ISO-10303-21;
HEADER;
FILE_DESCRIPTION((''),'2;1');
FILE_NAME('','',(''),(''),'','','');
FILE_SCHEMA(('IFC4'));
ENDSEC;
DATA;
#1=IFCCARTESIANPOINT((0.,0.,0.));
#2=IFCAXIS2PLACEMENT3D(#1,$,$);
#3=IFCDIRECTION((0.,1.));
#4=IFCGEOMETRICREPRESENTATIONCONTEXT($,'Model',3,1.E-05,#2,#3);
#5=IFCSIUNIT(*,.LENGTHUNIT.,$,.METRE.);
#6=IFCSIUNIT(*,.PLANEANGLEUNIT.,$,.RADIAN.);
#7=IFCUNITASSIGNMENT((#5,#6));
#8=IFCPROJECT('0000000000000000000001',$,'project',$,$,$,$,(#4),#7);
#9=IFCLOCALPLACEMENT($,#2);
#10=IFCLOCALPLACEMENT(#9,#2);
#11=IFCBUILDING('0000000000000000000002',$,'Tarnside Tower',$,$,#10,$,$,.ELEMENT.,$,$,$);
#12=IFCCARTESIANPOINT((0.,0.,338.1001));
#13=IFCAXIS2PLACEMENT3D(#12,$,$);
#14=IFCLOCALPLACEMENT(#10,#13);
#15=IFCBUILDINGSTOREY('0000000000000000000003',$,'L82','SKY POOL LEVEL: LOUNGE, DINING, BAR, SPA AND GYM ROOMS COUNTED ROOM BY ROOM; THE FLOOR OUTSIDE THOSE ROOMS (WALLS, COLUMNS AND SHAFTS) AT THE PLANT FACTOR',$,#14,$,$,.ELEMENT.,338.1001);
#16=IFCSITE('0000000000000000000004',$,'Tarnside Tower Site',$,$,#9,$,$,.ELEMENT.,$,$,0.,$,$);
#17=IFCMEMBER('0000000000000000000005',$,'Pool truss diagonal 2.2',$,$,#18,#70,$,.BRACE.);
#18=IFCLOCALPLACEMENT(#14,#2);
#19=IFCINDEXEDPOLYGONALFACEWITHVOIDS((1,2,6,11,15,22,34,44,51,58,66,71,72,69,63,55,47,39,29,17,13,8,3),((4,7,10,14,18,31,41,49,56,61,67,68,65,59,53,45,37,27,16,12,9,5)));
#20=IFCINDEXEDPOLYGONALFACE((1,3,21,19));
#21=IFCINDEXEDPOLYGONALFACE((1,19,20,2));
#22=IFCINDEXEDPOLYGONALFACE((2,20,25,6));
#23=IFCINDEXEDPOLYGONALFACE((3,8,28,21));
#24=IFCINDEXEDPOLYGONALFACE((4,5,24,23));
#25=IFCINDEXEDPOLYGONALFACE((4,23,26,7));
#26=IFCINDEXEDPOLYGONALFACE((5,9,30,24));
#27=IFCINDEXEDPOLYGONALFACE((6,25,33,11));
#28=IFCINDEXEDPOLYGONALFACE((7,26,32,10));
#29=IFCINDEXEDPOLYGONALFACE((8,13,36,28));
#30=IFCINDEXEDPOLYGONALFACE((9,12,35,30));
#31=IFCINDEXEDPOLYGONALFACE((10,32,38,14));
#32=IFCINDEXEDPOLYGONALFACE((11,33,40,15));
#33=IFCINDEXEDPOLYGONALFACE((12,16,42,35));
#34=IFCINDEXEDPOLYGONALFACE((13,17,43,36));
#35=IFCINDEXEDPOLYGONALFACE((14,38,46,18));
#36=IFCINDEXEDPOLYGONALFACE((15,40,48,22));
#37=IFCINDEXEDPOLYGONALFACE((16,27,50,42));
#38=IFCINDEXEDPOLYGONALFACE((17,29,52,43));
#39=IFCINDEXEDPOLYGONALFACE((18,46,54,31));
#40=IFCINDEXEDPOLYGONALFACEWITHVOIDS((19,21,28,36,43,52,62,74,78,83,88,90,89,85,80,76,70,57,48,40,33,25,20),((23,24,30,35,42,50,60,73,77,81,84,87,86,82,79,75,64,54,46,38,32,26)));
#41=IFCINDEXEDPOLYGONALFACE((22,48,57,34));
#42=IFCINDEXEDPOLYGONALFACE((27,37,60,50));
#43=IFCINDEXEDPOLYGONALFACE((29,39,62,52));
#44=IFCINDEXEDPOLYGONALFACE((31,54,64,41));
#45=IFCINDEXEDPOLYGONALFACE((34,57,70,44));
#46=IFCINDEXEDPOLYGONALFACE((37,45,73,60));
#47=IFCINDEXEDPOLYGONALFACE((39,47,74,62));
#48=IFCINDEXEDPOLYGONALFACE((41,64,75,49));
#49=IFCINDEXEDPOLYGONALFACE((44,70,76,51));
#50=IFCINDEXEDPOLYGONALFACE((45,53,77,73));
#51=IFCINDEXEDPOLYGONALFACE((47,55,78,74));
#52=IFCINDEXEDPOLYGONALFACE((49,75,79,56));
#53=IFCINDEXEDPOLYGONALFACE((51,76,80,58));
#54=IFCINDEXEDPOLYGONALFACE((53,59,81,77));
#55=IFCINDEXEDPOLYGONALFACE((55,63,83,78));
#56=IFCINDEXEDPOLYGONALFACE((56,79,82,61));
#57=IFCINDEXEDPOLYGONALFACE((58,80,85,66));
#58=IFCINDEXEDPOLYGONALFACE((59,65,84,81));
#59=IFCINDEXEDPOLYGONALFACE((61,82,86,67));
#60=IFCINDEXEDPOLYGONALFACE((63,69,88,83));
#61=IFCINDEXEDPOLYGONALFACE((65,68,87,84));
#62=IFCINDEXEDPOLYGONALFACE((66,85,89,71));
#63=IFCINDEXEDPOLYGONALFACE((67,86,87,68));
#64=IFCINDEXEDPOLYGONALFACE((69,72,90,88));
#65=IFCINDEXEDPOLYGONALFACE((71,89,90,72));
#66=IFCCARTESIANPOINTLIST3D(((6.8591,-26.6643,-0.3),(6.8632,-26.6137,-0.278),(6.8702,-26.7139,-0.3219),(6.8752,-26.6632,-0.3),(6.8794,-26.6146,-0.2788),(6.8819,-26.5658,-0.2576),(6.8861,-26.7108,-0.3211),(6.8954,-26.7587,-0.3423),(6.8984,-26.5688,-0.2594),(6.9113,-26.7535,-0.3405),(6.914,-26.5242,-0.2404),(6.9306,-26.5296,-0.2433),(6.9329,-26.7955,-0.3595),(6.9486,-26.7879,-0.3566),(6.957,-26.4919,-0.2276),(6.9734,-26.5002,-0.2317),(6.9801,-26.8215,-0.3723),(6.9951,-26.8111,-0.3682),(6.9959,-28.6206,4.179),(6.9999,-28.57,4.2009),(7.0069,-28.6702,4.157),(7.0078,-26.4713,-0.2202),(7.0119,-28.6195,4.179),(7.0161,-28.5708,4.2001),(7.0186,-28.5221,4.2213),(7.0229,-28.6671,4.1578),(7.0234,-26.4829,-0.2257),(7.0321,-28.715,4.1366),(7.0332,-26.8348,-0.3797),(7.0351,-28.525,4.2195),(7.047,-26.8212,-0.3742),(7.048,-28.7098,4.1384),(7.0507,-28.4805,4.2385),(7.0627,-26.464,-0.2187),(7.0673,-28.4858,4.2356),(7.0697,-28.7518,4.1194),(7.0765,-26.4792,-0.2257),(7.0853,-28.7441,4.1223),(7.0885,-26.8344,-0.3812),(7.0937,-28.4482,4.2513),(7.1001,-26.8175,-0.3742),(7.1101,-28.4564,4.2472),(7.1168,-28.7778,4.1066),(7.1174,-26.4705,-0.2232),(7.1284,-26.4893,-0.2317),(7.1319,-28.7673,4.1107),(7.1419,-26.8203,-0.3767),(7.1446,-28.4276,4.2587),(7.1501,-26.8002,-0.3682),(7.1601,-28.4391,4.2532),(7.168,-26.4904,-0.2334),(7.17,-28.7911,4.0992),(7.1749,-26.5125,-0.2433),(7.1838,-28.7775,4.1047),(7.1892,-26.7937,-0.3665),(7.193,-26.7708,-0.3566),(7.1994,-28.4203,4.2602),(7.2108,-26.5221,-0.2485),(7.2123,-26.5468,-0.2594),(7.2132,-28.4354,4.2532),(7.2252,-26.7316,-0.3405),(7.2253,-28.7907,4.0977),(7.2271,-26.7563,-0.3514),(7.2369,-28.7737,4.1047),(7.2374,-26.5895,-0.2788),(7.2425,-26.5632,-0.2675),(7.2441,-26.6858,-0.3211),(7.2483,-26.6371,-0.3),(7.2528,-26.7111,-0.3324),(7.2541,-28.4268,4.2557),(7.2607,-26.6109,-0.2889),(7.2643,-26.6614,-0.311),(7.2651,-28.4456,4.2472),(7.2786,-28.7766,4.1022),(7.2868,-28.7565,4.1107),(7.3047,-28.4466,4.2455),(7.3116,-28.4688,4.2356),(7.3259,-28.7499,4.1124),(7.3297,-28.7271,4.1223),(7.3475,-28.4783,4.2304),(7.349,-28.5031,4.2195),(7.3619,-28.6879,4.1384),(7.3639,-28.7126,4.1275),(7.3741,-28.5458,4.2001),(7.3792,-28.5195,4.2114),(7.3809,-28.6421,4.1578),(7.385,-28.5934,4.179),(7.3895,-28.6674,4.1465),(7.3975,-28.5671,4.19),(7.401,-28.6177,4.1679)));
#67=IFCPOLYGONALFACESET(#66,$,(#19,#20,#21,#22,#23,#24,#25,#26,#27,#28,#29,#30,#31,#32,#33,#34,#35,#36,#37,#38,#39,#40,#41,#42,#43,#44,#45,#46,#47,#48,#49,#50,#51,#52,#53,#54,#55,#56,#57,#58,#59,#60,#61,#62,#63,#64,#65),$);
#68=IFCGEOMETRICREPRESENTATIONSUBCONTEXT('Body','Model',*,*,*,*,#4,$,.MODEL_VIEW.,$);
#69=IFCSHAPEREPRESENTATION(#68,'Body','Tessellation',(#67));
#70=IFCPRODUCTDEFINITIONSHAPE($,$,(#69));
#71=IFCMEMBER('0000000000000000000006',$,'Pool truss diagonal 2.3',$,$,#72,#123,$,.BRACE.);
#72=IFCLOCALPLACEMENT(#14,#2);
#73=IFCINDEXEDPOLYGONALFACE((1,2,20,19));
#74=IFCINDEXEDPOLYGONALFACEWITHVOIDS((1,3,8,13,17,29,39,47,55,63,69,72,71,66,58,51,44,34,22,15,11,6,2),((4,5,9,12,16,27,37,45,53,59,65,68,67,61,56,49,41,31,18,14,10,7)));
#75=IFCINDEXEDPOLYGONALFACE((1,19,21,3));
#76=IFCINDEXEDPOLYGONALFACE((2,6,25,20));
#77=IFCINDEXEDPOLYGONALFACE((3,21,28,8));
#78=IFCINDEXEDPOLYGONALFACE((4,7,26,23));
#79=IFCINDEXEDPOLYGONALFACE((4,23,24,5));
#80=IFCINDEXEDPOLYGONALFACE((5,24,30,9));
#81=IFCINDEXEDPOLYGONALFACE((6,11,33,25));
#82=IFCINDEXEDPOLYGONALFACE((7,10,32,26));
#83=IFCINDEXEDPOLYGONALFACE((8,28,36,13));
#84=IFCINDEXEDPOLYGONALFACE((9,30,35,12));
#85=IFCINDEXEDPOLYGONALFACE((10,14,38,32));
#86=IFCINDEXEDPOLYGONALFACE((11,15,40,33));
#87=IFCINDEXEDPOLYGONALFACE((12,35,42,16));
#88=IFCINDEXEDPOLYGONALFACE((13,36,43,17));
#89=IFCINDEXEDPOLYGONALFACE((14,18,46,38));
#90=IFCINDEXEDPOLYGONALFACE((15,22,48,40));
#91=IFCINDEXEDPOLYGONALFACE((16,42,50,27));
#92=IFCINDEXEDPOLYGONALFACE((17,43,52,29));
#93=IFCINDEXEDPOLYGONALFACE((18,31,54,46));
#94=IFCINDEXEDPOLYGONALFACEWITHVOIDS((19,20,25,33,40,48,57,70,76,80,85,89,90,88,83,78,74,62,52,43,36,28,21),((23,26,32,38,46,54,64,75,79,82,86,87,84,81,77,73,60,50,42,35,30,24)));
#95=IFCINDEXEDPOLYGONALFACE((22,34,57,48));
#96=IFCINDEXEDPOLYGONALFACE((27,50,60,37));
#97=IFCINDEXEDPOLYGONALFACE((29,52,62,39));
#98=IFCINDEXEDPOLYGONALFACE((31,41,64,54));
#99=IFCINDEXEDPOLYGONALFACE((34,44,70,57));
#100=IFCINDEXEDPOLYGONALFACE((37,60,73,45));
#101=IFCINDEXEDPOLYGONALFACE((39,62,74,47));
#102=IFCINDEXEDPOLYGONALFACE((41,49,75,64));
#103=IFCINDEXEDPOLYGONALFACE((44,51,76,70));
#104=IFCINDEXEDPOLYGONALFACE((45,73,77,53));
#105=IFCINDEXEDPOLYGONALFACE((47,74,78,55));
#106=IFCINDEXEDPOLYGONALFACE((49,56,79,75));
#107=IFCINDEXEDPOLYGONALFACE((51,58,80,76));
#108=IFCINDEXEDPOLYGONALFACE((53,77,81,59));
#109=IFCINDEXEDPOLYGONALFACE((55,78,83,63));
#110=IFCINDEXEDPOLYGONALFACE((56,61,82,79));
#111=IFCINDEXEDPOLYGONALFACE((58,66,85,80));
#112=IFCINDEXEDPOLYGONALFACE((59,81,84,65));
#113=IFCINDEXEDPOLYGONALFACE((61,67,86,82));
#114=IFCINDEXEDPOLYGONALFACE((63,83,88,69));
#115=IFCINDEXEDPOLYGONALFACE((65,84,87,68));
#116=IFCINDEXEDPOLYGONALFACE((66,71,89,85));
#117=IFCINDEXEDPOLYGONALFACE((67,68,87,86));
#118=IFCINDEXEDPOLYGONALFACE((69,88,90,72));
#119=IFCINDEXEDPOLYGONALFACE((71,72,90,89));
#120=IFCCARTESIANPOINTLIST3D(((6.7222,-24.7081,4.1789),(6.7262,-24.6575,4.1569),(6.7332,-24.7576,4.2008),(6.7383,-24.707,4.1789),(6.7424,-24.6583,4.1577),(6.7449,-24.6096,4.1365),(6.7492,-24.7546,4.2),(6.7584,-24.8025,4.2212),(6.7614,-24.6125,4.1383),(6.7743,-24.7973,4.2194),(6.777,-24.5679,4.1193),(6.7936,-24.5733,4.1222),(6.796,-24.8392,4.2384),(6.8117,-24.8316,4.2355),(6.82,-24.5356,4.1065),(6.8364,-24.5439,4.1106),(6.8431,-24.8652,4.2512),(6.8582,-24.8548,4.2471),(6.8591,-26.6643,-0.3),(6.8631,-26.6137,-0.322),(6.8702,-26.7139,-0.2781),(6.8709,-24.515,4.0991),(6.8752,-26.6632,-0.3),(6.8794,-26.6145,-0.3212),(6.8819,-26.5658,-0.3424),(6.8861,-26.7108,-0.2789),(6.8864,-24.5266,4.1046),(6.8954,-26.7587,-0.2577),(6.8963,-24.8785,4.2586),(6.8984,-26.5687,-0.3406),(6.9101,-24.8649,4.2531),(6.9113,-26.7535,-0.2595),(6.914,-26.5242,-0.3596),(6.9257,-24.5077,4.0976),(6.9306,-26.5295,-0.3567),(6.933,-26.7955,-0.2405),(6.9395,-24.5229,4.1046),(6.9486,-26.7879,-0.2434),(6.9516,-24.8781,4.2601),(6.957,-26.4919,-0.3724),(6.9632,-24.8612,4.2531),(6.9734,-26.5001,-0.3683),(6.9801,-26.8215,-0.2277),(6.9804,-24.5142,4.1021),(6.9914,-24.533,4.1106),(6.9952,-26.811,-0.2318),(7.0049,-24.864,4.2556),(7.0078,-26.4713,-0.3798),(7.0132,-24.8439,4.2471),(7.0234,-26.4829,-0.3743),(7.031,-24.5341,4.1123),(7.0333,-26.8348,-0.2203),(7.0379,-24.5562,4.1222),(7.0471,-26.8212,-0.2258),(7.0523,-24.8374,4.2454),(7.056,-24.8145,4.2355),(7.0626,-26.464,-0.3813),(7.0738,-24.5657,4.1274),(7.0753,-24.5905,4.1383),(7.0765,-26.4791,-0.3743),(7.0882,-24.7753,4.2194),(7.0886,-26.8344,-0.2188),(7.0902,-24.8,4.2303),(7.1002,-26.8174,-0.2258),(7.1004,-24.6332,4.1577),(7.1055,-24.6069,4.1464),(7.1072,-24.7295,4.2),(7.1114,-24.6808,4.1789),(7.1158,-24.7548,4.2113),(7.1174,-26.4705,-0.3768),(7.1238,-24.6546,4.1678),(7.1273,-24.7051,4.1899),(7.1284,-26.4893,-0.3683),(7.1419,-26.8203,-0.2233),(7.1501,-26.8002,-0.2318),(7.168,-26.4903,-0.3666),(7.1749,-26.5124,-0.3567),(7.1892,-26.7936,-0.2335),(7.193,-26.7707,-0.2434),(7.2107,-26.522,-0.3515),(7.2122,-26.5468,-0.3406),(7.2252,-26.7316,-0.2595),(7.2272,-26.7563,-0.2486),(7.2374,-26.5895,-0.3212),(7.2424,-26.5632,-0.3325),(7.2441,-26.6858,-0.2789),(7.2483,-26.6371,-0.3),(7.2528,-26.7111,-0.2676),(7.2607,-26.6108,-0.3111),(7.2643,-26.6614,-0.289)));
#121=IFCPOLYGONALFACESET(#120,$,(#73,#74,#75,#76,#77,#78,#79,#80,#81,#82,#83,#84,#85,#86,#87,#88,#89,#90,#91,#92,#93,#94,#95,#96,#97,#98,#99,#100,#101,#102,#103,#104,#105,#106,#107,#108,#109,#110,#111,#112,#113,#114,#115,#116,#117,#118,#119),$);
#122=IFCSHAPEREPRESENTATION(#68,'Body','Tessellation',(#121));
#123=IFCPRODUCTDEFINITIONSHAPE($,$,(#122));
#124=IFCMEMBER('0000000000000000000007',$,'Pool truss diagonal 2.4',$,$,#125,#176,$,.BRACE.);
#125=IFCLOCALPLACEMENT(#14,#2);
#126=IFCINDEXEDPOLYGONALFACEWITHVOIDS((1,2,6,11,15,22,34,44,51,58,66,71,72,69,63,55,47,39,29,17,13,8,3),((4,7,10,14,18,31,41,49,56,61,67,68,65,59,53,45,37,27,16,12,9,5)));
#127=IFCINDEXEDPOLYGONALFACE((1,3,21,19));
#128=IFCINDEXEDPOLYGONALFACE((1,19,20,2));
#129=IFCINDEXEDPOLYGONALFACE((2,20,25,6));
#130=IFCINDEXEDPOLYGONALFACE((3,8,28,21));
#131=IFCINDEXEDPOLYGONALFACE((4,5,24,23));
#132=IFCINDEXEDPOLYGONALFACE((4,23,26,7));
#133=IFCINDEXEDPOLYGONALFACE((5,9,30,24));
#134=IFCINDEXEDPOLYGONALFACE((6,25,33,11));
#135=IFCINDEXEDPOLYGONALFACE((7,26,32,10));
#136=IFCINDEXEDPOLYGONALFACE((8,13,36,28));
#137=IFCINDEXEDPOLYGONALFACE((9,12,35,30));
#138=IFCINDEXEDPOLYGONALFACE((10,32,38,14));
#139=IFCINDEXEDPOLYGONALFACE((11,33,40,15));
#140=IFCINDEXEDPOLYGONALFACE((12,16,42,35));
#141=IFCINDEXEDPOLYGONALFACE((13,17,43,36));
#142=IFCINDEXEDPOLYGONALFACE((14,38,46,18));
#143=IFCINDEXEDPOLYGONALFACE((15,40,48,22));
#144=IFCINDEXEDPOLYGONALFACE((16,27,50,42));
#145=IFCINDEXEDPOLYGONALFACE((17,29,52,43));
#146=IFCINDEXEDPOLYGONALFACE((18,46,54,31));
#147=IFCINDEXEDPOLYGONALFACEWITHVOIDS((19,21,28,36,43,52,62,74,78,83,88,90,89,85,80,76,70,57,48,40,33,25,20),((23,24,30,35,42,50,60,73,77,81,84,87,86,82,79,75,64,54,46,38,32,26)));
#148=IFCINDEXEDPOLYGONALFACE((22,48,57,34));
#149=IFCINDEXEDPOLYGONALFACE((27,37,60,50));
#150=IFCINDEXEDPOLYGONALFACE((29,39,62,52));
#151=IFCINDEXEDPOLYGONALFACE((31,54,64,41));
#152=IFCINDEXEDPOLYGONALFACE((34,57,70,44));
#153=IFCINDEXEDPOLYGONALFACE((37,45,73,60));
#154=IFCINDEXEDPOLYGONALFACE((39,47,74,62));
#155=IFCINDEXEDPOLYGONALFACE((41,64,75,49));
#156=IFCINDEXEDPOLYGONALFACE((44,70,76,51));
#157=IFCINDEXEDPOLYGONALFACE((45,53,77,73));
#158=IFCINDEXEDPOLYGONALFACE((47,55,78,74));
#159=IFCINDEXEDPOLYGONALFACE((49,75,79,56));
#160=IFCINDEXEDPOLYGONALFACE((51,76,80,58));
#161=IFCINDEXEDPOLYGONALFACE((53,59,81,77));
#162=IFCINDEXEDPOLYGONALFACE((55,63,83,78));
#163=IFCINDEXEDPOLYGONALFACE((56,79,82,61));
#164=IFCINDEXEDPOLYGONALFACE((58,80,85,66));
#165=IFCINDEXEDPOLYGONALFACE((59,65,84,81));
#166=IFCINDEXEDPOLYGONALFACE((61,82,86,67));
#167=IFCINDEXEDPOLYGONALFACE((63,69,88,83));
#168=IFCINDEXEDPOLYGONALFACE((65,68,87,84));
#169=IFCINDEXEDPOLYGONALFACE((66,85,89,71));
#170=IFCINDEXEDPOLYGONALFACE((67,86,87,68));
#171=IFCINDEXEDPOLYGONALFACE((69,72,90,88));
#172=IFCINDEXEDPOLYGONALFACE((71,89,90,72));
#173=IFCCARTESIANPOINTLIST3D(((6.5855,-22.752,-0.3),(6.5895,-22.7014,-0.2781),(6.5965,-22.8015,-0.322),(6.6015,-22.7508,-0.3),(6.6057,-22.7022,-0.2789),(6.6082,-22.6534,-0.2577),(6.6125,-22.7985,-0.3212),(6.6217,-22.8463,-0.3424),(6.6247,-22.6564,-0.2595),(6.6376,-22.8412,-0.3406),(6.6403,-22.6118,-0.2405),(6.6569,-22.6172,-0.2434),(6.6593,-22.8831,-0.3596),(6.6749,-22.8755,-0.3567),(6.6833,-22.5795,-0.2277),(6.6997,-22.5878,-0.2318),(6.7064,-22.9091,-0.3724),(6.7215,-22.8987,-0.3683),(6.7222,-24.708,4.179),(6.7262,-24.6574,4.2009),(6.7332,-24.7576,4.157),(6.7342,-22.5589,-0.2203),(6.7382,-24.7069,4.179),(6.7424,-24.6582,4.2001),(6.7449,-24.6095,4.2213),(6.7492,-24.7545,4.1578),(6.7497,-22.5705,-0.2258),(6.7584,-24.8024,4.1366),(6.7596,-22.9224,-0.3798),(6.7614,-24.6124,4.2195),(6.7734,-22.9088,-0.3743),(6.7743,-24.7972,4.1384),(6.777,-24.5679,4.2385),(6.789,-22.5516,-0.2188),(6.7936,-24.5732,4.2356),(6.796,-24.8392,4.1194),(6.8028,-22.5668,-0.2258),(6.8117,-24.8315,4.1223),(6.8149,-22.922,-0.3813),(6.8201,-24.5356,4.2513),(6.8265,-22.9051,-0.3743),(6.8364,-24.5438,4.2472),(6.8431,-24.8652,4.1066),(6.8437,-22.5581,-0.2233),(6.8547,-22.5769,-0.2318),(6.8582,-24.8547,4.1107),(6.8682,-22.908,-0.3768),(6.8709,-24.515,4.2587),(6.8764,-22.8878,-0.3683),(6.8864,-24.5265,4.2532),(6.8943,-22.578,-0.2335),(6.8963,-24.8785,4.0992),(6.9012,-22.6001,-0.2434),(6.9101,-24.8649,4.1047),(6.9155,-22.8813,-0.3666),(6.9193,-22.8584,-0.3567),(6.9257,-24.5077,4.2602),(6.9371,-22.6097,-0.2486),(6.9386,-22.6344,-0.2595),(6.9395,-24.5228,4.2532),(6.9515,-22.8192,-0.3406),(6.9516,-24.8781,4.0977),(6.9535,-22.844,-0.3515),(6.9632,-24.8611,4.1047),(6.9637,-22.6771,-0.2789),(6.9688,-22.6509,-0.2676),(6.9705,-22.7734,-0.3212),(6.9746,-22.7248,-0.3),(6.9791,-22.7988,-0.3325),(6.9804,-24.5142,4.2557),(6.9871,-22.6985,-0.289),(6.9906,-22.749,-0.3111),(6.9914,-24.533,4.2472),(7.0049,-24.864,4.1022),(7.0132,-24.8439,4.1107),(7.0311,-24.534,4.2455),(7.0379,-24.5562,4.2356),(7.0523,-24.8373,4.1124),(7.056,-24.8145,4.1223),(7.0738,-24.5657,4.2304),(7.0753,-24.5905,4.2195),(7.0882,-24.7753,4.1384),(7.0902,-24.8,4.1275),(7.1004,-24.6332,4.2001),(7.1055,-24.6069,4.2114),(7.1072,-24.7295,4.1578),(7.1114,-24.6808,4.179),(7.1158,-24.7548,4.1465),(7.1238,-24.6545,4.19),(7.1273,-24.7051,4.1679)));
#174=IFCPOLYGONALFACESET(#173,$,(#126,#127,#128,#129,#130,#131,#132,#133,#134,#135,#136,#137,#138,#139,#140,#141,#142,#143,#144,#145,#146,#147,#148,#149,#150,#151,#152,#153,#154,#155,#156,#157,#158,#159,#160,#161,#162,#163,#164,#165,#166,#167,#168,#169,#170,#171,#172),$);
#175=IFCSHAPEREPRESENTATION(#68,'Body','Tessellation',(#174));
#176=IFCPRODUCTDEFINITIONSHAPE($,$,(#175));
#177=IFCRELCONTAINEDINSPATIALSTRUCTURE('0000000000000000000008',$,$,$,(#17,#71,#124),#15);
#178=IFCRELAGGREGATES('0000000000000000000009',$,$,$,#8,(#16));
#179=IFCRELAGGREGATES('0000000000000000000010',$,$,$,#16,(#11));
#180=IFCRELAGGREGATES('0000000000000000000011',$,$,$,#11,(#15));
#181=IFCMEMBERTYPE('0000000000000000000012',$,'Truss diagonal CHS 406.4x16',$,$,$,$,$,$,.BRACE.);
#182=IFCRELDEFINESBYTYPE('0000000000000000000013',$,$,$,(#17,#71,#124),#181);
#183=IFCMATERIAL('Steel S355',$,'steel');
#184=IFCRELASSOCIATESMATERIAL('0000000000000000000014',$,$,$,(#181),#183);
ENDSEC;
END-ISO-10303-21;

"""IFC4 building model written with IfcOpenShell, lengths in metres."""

from ifc_helpers import new_model, si_unit, direction, frame, origin, origin_2d, place, context, subcontext, project, spatial, hollow_circle, extrude, material, material_profile, profile_set, type_object, element, save


model = new_model("IFC4")

# Units and contexts
model_context = context("Model", 3, precision=1e-05, world=origin(), true_north=direction((0.0, 1.0)))
body_context = subcontext(model_context, "Body", "Model", "MODEL_VIEW")
ifc_project = project(units=[si_unit("LENGTHUNIT", "METRE"), si_unit("PLANEANGLEUNIT", "RADIAN")], contexts=[model_context])

# Site, building, storey
site_placement = place(None, origin())
site = spatial("IfcSite", under=ifc_project, at=site_placement, Name="Tarnside Tower Site", CompositionType="ELEMENT", RefElevation=0.0)
building_placement = place(site_placement, origin())
building = spatial("IfcBuilding", under=site, at=building_placement, Name="Tarnside Tower", CompositionType="ELEMENT")
storey_placement = place(building_placement, frame((0.0, 0.0, 338.1001)))
storey = spatial("IfcBuildingStorey", under=building, at=storey_placement, Name="L82", Description="SKY POOL LEVEL: LOUNGE, DINING, BAR, SPA AND GYM ROOMS COUNTED ROOM BY ROOM; THE FLOOR OUTSIDE THOSE ROOMS (WALLS, COLUMNS AND SHAFTS) AT THE PLANT FACTOR", CompositionType="ELEMENT", Elevation=338.1001)

# Shared definitions
ifc_material_1 = material(Name="Steel S355", Category="steel")

# Members
ifc_material_profile_1 = material_profile(ifc_material_1, hollow_circle(Radius=0.2031, WallThickness=0.0161, at=origin_2d()), Name="CHS 406.4x16")
ifc_profile_set_1 = profile_set([ifc_material_profile_1], Name="Steel S355")
member_type_1 = type_object("IfcMemberType", Name="Truss diagonal CHS 406.4x16", PredefinedType="BRACE", material=ifc_profile_set_1)
for number, where, z_axis, x_axis, name in (
    (1, (7.1985, -28.6064, 4.179), (-0.027962, 0.400101, -0.916044), (-0.997567, -0.069716, 0.0), "Pool truss diagonal 2.2"),
    (2, (7.0618, -26.6501, -0.3), (-0.028012, 0.400101, 0.916043), (-0.997558, -0.06984, 0.0), "Pool truss diagonal 2.3"),
    (3, (6.9248, -24.6938, 4.179), (-0.027962, 0.40006, -0.916062), (-0.997566, -0.069725, 0.0), "Pool truss diagonal 2.4"),
):
    element("IfcMember", number, at=place(storey_placement, frame(where, z_axis=z_axis, x_axis=x_axis)), inside=storey, type_object=member_type_1, Name=name, PredefinedType="BRACE", context=body_context, shape_type="SweptSolid", body=[
        extrude(hollow_circle(Radius=0.2031, WallThickness=0.0161, at=origin_2d()), origin(), (0.0, 0.0, 1.0), 4.8894),
    ])

save(model, "model.ifc")
